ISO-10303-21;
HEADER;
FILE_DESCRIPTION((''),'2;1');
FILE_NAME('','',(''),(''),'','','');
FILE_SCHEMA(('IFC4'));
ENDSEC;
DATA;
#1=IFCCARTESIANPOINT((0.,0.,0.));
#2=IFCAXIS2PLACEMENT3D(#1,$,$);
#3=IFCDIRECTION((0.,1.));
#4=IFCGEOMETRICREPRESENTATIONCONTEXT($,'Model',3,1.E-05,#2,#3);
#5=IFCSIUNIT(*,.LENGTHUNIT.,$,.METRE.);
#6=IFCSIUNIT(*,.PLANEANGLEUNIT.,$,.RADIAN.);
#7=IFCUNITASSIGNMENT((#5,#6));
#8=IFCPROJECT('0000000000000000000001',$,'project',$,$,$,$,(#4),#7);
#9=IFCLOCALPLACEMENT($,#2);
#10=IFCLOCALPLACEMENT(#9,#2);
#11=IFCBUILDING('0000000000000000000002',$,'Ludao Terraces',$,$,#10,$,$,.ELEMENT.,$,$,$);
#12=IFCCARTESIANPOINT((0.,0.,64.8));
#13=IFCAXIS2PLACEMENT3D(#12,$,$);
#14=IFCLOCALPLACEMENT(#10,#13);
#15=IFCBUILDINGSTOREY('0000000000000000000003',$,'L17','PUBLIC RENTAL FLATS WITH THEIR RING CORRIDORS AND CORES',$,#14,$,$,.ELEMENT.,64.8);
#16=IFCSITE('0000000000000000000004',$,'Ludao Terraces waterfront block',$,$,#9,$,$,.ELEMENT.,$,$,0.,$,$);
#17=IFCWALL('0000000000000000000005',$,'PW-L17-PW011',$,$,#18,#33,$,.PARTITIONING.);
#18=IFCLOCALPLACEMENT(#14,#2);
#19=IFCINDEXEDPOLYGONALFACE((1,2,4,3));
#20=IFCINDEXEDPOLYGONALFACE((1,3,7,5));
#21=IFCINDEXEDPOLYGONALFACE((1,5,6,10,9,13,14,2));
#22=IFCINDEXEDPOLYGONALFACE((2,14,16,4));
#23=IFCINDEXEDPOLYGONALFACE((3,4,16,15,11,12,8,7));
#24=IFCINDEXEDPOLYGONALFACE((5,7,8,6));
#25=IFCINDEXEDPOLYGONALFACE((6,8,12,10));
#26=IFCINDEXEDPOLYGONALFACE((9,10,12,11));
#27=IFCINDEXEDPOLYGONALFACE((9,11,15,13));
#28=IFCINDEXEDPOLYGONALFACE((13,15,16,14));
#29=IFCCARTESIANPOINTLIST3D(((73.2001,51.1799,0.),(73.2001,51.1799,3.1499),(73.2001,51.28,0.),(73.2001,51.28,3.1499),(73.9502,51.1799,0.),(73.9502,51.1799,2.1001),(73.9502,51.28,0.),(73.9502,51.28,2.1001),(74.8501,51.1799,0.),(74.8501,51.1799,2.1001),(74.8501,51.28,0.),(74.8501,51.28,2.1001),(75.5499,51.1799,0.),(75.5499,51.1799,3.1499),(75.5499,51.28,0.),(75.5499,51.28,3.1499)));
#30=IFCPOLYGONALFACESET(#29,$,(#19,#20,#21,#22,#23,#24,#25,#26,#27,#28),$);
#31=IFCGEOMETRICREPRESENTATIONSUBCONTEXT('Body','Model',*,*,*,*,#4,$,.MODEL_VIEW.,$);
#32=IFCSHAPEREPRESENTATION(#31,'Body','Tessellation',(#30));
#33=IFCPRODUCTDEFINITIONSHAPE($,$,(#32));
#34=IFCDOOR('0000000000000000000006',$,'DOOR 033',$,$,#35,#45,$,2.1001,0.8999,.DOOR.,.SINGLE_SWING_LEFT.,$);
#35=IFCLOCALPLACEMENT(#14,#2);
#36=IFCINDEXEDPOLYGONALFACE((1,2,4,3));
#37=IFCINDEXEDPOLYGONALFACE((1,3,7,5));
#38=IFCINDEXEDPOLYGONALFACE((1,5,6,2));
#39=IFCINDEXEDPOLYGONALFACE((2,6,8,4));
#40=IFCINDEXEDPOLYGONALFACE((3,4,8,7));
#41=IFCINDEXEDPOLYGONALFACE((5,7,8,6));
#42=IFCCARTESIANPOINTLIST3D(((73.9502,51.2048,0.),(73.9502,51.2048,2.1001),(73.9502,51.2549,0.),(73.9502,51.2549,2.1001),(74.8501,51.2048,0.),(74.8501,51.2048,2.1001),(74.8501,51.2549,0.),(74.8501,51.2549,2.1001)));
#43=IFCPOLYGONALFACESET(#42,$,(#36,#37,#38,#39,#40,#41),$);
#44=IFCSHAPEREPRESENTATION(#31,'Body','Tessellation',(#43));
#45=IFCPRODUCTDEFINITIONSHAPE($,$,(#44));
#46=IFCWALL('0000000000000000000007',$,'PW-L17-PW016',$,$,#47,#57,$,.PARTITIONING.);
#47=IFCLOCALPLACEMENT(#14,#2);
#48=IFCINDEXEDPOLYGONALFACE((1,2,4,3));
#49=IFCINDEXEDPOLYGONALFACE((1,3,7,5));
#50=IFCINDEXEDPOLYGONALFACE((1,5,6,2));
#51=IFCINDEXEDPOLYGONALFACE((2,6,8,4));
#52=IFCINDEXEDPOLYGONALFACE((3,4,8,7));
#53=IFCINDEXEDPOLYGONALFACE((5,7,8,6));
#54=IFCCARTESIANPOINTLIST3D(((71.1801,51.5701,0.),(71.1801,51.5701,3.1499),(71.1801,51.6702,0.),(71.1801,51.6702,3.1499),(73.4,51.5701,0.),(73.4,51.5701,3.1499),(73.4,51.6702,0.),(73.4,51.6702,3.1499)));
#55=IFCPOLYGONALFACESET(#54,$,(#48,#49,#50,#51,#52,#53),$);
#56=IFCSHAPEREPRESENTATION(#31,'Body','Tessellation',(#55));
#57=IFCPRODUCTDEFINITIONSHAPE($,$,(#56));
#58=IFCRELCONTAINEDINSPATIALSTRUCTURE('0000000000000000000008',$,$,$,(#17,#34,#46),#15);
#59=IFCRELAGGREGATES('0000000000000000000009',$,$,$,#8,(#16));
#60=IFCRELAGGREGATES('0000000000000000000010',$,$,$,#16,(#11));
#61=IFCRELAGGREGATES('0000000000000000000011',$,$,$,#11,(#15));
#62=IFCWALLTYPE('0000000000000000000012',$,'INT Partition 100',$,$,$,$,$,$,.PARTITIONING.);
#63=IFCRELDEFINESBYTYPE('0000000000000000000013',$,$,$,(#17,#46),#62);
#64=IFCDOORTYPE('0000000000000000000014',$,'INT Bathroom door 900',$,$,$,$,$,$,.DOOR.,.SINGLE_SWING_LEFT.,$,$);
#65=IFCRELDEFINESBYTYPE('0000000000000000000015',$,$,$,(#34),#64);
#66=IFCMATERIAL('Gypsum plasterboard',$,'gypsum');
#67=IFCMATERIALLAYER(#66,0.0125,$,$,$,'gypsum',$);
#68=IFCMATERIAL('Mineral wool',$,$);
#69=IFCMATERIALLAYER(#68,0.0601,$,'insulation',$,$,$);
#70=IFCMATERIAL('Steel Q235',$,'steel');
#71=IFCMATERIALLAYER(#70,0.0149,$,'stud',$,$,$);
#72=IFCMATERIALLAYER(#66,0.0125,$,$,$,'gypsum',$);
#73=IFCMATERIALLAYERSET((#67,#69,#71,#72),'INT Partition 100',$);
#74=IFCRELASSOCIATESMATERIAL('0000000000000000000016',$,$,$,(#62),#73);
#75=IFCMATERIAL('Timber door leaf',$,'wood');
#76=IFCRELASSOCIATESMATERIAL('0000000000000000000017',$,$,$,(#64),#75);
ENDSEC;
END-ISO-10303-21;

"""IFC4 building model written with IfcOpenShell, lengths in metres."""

from ifc_helpers import new_model, si_unit, direction, frame, frame_2d, origin, place, context, subcontext, project, spatial, rectangle, extrude, material, layer, layer_set, type_object, element, fill, save


model = new_model("IFC4")

# Units and contexts
model_context = context("Model", 3, precision=1e-05, world=origin(), true_north=direction((0.0, 1.0)))
body_context = subcontext(model_context, "Body", "Model", "MODEL_VIEW")
ifc_project = project(units=[si_unit("LENGTHUNIT", "METRE"), si_unit("PLANEANGLEUNIT", "RADIAN")], contexts=[model_context])

# Site, building, storey
site_placement = place(None, origin())
site = spatial("IfcSite", under=ifc_project, at=site_placement, Name="Ludao Terraces waterfront block", CompositionType="ELEMENT", RefElevation=0.0)
building_placement = place(site_placement, origin())
building = spatial("IfcBuilding", under=site, at=building_placement, Name="Ludao Terraces", CompositionType="ELEMENT")
storey_placement = place(building_placement, frame((0.0, 0.0, 64.8)))
storey = spatial("IfcBuildingStorey", under=building, at=storey_placement, Name="L17", Description="PUBLIC RENTAL FLATS WITH THEIR RING CORRIDORS AND CORES", CompositionType="ELEMENT", Elevation=64.8)

# Shared definitions
ifc_material_1 = material(Name="Gypsum plasterboard", Category="gypsum")
ifc_layer_1 = layer(ifc_material_1, 0.0125, Category="gypsum")
ifc_material_2 = material(Name="Mineral wool")
ifc_layer_2 = layer(ifc_material_2, 0.0601, Name="insulation")
ifc_material_3 = material(Name="Steel Q235", Category="steel")
ifc_layer_3 = layer(ifc_material_3, 0.0149, Name="stud")
ifc_layer_4 = layer(ifc_material_1, 0.0125, Category="gypsum")
ifc_layer_set = layer_set([ifc_layer_1, ifc_layer_2, ifc_layer_3, ifc_layer_4], Name="INT Partition 100")
wall_type = type_object("IfcWallType", Name="INT Partition 100", PredefinedType="PARTITIONING", material=ifc_layer_set)
ifc_material_4 = material(Name="Timber door leaf", Category="wood")

# Wall, opening, door
wall_1_placement = place(storey_placement, frame((73.2002, 51.23, 0.0), z_axis=(0.0, 0.0, 1.0), x_axis=(1.0, 0.0, 0.0)))
wall_1 = element("IfcWall", 1, at=wall_1_placement, inside=storey, type_object=wall_type, Name="PW-L17-PW011", PredefinedType="PARTITIONING", context=body_context, shape_type="SweptSolid", body=[
    extrude(rectangle(XDim=2.3499, YDim=0.1001, at=frame_2d((1.1748, 0.0))), origin(), (0.0, 0.0, 1.0), 3.1499),
])
opening_1_placement = place(wall_1_placement, frame((0.75, 0.0, 0.0)))
opening_1 = element("IfcOpeningElement", 2, at=opening_1_placement, cuts=wall_1, PredefinedType="OPENING", context=body_context, shape_type="SweptSolid", body=[
    extrude(rectangle(XDim=0.8999, YDim=2.1001, at=frame_2d((0.45, 1.05))), frame((0.0, 0.0601, 0.0), z_axis=(0.0, -1.0, 0.0), x_axis=(1.0, 0.0, 0.0)), (0.0, 0.0, 1.0), 0.1201),
])
door_type_1 = type_object("IfcDoorType", Name="INT Bathroom door 900", OperationType="SINGLE_SWING_LEFT", PredefinedType="DOOR", material=ifc_material_4)
door_1_placement = place(opening_1_placement, origin())
door_1 = element("IfcDoor", 3, at=door_1_placement, inside=storey, type_object=door_type_1, Name="DOOR 033", OperationType="SINGLE_SWING_LEFT", OverallHeight=2.1001, OverallWidth=0.8999, PredefinedType="DOOR", context=body_context, shape_type="SweptSolid", body=[
    extrude(rectangle(XDim=0.8999, YDim=2.1001, at=frame_2d((0.45, 1.05))), frame((0.0, 0.0249, 0.0), z_axis=(0.0, -1.0, 0.0), x_axis=(1.0, 0.0, 0.0)), (0.0, 0.0, 1.0), 0.05),
])
fill(opening_1, door_1)

# Wall
wall_2_placement = place(storey_placement, frame((71.1802, 51.6201, 0.0), z_axis=(0.0, 0.0, 1.0), x_axis=(1.0, 0.0, 0.0)))
element("IfcWall", 4, at=wall_2_placement, inside=storey, type_object=wall_type, Name="PW-L17-PW016", PredefinedType="PARTITIONING", context=body_context, shape_type="SweptSolid", body=[
    extrude(rectangle(XDim=2.22, YDim=0.1001, at=frame_2d((1.1099, 0.0))), origin(), (0.0, 0.0, 1.0), 3.1499),
])

save(model, "model.ifc")
